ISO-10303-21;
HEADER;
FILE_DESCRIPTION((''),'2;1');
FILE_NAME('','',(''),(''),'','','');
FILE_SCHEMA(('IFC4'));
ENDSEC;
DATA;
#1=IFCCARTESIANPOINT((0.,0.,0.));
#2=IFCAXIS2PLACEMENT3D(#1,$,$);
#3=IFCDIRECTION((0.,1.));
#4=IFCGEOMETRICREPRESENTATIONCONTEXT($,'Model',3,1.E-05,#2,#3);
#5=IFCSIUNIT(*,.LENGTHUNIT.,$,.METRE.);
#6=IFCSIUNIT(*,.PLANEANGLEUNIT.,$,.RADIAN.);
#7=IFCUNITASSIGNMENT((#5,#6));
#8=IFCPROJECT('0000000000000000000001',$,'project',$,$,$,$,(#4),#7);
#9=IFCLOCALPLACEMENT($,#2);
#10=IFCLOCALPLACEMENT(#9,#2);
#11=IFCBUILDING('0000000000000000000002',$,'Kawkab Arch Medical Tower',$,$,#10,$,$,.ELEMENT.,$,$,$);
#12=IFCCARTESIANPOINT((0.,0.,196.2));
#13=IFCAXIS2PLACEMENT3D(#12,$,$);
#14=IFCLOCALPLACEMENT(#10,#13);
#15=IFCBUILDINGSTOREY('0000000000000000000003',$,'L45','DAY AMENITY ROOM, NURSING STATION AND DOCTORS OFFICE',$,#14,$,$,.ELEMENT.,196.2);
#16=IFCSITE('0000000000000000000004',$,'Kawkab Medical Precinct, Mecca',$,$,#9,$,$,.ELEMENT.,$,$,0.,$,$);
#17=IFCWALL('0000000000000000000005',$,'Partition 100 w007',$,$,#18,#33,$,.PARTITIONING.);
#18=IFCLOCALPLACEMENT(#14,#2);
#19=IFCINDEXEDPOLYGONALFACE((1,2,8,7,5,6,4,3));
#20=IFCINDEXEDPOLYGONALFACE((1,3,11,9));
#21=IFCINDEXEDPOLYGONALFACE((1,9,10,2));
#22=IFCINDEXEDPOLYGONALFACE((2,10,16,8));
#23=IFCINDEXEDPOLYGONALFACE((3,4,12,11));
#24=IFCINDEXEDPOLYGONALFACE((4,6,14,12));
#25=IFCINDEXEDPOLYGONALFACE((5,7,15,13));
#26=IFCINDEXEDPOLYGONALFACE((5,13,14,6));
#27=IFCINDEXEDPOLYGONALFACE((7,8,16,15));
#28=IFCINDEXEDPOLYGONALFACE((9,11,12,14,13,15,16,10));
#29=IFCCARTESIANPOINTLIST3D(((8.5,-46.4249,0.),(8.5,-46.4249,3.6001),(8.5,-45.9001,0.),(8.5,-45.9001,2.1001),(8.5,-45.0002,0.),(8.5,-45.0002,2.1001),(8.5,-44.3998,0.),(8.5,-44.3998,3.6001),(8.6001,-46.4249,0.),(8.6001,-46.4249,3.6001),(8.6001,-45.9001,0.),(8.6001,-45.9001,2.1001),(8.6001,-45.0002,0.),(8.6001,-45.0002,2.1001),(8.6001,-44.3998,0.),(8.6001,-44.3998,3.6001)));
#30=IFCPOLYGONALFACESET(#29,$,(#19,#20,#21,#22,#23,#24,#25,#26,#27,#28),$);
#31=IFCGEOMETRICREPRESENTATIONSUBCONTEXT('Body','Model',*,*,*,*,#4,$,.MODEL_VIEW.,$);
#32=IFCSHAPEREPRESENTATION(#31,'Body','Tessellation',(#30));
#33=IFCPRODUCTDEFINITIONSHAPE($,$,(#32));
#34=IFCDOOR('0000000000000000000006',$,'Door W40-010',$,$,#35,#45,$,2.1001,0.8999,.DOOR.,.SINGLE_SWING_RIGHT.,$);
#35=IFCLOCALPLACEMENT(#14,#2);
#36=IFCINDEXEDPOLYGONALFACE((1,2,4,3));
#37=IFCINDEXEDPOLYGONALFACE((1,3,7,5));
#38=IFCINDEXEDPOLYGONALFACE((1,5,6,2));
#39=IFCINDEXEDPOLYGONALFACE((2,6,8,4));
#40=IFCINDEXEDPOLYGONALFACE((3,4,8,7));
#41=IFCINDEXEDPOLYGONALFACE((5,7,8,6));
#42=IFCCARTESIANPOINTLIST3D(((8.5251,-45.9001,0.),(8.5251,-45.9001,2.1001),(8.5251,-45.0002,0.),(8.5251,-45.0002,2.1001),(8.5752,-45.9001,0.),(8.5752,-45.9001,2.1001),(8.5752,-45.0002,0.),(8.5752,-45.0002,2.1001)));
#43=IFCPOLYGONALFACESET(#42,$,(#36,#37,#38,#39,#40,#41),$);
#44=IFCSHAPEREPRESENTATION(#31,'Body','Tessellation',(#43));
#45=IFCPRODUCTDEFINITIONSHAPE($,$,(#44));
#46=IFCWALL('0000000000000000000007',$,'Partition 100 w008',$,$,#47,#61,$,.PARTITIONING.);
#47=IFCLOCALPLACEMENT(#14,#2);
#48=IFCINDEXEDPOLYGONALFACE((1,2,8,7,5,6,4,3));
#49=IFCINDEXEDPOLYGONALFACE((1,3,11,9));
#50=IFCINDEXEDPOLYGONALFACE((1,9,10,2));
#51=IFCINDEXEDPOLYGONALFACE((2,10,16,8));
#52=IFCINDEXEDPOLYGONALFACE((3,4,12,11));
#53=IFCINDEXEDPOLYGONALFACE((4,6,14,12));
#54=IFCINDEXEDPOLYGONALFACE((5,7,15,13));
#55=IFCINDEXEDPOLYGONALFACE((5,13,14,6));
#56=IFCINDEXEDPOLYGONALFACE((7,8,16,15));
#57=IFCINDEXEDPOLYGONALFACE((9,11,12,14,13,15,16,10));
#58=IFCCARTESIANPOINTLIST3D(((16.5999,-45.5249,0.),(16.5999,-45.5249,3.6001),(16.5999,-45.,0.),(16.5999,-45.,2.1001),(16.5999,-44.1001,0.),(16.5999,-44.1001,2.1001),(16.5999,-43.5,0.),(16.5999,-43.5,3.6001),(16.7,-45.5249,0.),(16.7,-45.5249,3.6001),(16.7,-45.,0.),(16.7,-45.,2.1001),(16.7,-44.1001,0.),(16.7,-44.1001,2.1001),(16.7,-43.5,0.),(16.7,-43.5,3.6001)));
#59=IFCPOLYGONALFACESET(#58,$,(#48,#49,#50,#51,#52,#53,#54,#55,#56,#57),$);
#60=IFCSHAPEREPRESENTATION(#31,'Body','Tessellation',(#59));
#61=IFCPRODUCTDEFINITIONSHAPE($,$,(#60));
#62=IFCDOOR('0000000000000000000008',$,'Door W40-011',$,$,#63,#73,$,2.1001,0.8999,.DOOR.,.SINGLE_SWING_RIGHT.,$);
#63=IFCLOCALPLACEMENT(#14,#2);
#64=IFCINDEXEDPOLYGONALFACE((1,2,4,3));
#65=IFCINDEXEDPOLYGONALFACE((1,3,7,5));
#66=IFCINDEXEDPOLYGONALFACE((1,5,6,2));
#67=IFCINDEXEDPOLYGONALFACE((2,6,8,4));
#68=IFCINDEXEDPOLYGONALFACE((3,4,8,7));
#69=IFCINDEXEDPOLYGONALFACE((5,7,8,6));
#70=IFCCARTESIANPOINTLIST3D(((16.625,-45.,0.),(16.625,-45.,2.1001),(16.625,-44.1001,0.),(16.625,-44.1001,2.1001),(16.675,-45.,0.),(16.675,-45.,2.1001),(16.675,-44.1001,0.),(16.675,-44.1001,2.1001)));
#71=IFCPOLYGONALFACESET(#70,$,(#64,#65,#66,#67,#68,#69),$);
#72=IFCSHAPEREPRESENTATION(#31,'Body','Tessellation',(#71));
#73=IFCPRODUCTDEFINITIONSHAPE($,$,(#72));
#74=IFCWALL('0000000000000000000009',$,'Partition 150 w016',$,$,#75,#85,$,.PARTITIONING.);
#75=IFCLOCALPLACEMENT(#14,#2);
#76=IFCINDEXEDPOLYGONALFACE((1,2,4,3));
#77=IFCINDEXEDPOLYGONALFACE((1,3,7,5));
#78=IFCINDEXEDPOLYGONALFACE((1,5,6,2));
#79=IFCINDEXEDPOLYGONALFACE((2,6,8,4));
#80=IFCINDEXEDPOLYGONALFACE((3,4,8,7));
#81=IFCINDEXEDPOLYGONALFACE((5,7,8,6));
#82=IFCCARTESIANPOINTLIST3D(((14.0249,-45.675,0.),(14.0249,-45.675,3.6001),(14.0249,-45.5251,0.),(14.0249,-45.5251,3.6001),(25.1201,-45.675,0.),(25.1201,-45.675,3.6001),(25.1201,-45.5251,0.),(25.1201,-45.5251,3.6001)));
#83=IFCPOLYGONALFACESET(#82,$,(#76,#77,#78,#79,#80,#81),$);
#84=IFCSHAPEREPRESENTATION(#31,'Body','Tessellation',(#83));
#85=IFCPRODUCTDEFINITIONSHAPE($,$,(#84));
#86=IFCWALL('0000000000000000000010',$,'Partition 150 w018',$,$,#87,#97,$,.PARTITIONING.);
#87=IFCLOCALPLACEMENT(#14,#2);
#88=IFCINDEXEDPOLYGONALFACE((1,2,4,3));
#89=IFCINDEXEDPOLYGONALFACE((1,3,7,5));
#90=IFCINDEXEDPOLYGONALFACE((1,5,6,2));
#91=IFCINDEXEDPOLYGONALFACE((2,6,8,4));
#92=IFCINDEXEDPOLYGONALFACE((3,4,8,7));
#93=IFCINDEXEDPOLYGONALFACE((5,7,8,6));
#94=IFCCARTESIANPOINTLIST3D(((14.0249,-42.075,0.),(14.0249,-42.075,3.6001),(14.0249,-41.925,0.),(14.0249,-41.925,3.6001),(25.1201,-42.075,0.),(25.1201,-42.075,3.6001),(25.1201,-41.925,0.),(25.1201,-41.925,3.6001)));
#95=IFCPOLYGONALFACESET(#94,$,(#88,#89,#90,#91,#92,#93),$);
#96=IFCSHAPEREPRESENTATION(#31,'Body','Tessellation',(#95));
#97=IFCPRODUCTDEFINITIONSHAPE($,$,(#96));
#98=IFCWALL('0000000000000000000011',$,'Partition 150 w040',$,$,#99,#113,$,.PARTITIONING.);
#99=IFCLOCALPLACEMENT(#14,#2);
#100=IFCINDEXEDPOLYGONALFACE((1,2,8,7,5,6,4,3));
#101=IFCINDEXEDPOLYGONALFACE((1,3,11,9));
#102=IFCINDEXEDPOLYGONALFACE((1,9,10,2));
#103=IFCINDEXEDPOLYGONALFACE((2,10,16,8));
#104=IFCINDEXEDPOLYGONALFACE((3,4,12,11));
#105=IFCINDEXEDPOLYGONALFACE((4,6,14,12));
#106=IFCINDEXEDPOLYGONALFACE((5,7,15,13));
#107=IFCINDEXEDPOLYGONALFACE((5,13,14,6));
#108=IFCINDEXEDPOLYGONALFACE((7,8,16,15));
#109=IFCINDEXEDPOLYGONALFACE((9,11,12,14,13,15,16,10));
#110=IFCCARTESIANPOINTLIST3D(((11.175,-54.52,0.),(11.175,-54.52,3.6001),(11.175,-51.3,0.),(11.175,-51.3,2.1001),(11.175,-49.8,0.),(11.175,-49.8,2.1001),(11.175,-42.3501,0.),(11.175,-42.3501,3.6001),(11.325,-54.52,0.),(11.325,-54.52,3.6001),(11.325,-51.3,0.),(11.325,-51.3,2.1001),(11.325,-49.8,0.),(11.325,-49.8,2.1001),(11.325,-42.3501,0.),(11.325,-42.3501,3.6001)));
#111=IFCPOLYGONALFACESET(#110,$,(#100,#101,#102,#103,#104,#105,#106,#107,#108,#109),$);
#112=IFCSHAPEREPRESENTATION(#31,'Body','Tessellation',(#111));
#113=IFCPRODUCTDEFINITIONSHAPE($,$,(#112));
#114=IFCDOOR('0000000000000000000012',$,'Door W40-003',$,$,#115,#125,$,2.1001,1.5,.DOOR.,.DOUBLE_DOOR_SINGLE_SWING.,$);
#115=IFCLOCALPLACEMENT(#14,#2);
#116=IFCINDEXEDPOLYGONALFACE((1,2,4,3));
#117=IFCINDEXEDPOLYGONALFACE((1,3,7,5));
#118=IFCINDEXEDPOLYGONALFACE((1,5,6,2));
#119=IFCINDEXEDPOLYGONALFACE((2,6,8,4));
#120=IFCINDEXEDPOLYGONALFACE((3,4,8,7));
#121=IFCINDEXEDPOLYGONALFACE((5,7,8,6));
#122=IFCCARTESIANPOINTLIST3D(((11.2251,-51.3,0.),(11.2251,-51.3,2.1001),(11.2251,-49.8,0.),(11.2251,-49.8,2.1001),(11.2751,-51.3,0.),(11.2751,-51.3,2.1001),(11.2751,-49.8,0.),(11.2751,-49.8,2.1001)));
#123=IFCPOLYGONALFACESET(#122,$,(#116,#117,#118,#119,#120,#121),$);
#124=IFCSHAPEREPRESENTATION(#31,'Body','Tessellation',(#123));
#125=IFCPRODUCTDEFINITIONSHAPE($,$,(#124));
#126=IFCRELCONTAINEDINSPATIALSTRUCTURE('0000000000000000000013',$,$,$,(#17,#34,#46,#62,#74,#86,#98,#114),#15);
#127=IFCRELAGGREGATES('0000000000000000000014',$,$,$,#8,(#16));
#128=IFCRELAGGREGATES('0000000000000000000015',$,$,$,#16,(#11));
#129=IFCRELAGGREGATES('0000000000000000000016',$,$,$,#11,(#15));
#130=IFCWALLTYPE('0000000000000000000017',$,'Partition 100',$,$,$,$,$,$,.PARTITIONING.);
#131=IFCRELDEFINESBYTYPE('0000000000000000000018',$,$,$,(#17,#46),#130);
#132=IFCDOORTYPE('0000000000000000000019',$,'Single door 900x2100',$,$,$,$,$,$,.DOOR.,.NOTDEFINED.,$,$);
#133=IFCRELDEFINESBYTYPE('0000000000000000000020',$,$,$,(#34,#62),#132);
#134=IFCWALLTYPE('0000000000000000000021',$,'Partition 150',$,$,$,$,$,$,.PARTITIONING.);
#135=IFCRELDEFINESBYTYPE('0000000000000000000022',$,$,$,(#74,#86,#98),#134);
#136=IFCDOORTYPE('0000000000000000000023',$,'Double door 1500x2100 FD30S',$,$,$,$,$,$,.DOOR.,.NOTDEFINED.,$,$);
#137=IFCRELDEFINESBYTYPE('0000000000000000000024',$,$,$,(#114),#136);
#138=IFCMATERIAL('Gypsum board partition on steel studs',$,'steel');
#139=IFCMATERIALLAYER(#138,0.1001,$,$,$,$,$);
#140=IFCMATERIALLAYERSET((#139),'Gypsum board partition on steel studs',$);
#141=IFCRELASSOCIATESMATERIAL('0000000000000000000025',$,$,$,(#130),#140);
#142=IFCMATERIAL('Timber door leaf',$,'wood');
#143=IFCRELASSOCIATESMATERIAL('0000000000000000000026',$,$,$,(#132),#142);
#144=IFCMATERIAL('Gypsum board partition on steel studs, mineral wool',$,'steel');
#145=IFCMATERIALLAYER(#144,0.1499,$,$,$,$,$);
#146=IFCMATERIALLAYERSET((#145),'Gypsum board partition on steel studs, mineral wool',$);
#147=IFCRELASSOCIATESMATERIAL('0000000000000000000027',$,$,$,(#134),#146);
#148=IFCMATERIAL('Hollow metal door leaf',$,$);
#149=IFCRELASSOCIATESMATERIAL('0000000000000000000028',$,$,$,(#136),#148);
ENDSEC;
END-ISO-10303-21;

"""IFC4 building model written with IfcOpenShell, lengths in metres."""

from ifc_helpers import new_model, si_unit, direction, frame, frame_2d, origin, place, context, subcontext, project, spatial, rectangle, extrude, material, layer, layer_set, type_object, element, fill, save


model = new_model("IFC4")

# Units and contexts
model_context = context("Model", 3, precision=1e-05, world=origin(), true_north=direction((0.0, 1.0)))
body_context = subcontext(model_context, "Body", "Model", "MODEL_VIEW")
ifc_project = project(units=[si_unit("LENGTHUNIT", "METRE"), si_unit("PLANEANGLEUNIT", "RADIAN")], contexts=[model_context])

# Site, building, storey
site_placement = place(None, origin())
site = spatial("IfcSite", under=ifc_project, at=site_placement, Name="Kawkab Medical Precinct, Mecca", CompositionType="ELEMENT", RefElevation=0.0)
building_placement = place(site_placement, origin())
building = spatial("IfcBuilding", under=site, at=building_placement, Name="Kawkab Arch Medical Tower", CompositionType="ELEMENT")
storey_placement = place(building_placement, frame((0.0, 0.0, 196.2)))
storey = spatial("IfcBuildingStorey", under=building, at=storey_placement, Name="L45", Description="DAY AMENITY ROOM, NURSING STATION AND DOCTORS OFFICE", CompositionType="ELEMENT", Elevation=196.2)

# Shared definitions
ifc_material_1 = material(Name="Gypsum board partition on steel studs", Category="steel")
ifc_layer_1 = layer(ifc_material_1, 0.1001)
ifc_layer_set_1 = layer_set([ifc_layer_1], Name="Gypsum board partition on steel studs")
wall_type_1 = type_object("IfcWallType", Name="Partition 100", PredefinedType="PARTITIONING", material=ifc_layer_set_1)

# Walls, openings, doors
wall_1_placement = place(storey_placement, frame((8.55, -46.425, 0.0), z_axis=(0.0, 0.0, 1.0), x_axis=(0.0, 1.0, 0.0)))
wall_1 = element("IfcWall", 1, at=wall_1_placement, inside=storey, type_object=wall_type_1, Name="Partition 100 w007", PredefinedType="PARTITIONING", context=body_context, shape_type="SweptSolid", body=[
    extrude(rectangle(XDim=2.0251, YDim=0.1001, at=frame_2d((1.0127, 0.0))), origin(), (0.0, 0.0, 1.0), 3.6001),
])
opening_1_placement = place(wall_1_placement, frame((0.5249, 0.0, 0.0)))
opening_1 = element("IfcOpeningElement", 2, at=opening_1_placement, cuts=wall_1, PredefinedType="OPENING", context=body_context, shape_type="SweptSolid", body=[
    extrude(rectangle(XDim=0.8999, YDim=2.1001, at=frame_2d((0.45, 1.05))), frame((0.0, 0.0601, 0.0), z_axis=(0.0, -1.0, 0.0), x_axis=(1.0, 0.0, 0.0)), (0.0, 0.0, 1.0), 0.1201),
])
ifc_material_2 = material(Name="Timber door leaf", Category="wood")
door_type_1 = type_object("IfcDoorType", Name="Single door 900x2100", OperationType="NOTDEFINED", PredefinedType="DOOR", material=ifc_material_2)
door_1_placement = place(opening_1_placement, origin())
door_1 = element("IfcDoor", 3, at=door_1_placement, inside=storey, type_object=door_type_1, Name="Door W40-010", OperationType="SINGLE_SWING_RIGHT", OverallHeight=2.1001, OverallWidth=0.8999, PredefinedType="DOOR", context=body_context, shape_type="SweptSolid", body=[
    extrude(rectangle(XDim=0.8999, YDim=2.1001, at=frame_2d((0.45, 1.05))), frame((0.0, 0.0249, 0.0), z_axis=(0.0, -1.0, 0.0), x_axis=(1.0, 0.0, 0.0)), (0.0, 0.0, 1.0), 0.05),
])
fill(opening_1, door_1)
wall_2_placement = place(storey_placement, frame((16.6499, -45.5249, 0.0), z_axis=(0.0, 0.0, 1.0), x_axis=(0.0, 1.0, 0.0)))
wall_2 = element("IfcWall", 4, at=wall_2_placement, inside=storey, type_object=wall_type_1, Name="Partition 100 w008", PredefinedType="PARTITIONING", context=body_context, shape_type="SweptSolid", body=[
    extrude(rectangle(XDim=2.0249, YDim=0.1001, at=frame_2d((1.0125, 0.0))), origin(), (0.0, 0.0, 1.0), 3.6001),
])
opening_2_placement = place(wall_2_placement, frame((0.5249, 0.0, 0.0)))
opening_2 = element("IfcOpeningElement", 5, at=opening_2_placement, cuts=wall_2, PredefinedType="OPENING", context=body_context, shape_type="SweptSolid", body=[
    extrude(rectangle(XDim=0.8999, YDim=2.1001, at=frame_2d((0.45, 1.05))), frame((0.0, 0.0601, 0.0), z_axis=(0.0, -1.0, 0.0), x_axis=(1.0, 0.0, 0.0)), (0.0, 0.0, 1.0), 0.1201),
])
door_2_placement = place(opening_2_placement, origin())
door_2 = element("IfcDoor", 6, at=door_2_placement, inside=storey, type_object=door_type_1, Name="Door W40-011", OperationType="SINGLE_SWING_RIGHT", OverallHeight=2.1001, OverallWidth=0.8999, PredefinedType="DOOR", context=body_context, shape_type="SweptSolid", body=[
    extrude(rectangle(XDim=0.8999, YDim=2.1001, at=frame_2d((0.45, 1.05))), frame((0.0, 0.0249, 0.0), z_axis=(0.0, -1.0, 0.0), x_axis=(1.0, 0.0, 0.0)), (0.0, 0.0, 1.0), 0.05),
])
fill(opening_2, door_2)

# Walls
ifc_material_3 = material(Name="Gypsum board partition on steel studs, mineral wool", Category="steel")
ifc_layer_2 = layer(ifc_material_3, 0.1499)
ifc_layer_set_2 = layer_set([ifc_layer_2], Name="Gypsum board partition on steel studs, mineral wool")
wall_type_2 = type_object("IfcWallType", Name="Partition 150", PredefinedType="PARTITIONING", material=ifc_layer_set_2)
for number, where, z_axis, x_axis, name in (
    (7, (14.0249, -45.6001, 0.0), (0.0, 0.0, 1.0), (1.0, 0.0, 0.0), "Partition 150 w016"),
    (8, (14.0249, -42.0, 0.0), (0.0, 0.0, 1.0), (1.0, 0.0, 0.0), "Partition 150 w018"),
):
    element("IfcWall", number, at=place(storey_placement, frame(where, z_axis=z_axis, x_axis=x_axis)), inside=storey, type_object=wall_type_2, Name=name, PredefinedType="PARTITIONING", context=body_context, shape_type="SweptSolid", body=[
        extrude(rectangle(XDim=11.0952, YDim=0.1499, at=frame_2d((5.5476, 0.0))), origin(), (0.0, 0.0, 1.0), 3.6001),
    ])

# Wall, opening, door
wall_3_placement = place(storey_placement, frame((11.25, -54.52, 0.0), z_axis=(0.0, 0.0, 1.0), x_axis=(0.0, 1.0, 0.0)))
wall_3 = element("IfcWall", 9, at=wall_3_placement, inside=storey, type_object=wall_type_2, Name="Partition 150 w040", PredefinedType="PARTITIONING", context=body_context, shape_type="SweptSolid", body=[
    extrude(rectangle(XDim=12.1699, YDim=0.1499, at=frame_2d((6.085, 0.0))), origin(), (0.0, 0.0, 1.0), 3.6001),
])
opening_3_placement = place(wall_3_placement, frame((3.22, 0.0, 0.0)))
opening_3 = element("IfcOpeningElement", 10, at=opening_3_placement, cuts=wall_3, PredefinedType="OPENING", context=body_context, shape_type="SweptSolid", body=[
    extrude(rectangle(XDim=1.5, YDim=2.1001, at=frame_2d((0.75, 1.05))), frame((0.0, 0.085, 0.0), z_axis=(0.0, -1.0, 0.0), x_axis=(1.0, 0.0, 0.0)), (0.0, 0.0, 1.0), 0.1699),
])
ifc_material_4 = material(Name="Hollow metal door leaf")
door_type_2 = type_object("IfcDoorType", Name="Double door 1500x2100 FD30S", OperationType="NOTDEFINED", PredefinedType="DOOR", material=ifc_material_4)
door_3_placement = place(opening_3_placement, origin())
door_3 = element("IfcDoor", 11, at=door_3_placement, inside=storey, type_object=door_type_2, Name="Door W40-003", OperationType="DOUBLE_DOOR_SINGLE_SWING", OverallHeight=2.1001, OverallWidth=1.5, PredefinedType="DOOR", context=body_context, shape_type="SweptSolid", body=[
    extrude(rectangle(XDim=1.5, YDim=2.1001, at=frame_2d((0.75, 1.05))), frame((0.0, 0.0249, 0.0), z_axis=(0.0, -1.0, 0.0), x_axis=(1.0, 0.0, 0.0)), (0.0, 0.0, 1.0), 0.05),
])
fill(opening_3, door_3)

save(model, "model.ifc")
